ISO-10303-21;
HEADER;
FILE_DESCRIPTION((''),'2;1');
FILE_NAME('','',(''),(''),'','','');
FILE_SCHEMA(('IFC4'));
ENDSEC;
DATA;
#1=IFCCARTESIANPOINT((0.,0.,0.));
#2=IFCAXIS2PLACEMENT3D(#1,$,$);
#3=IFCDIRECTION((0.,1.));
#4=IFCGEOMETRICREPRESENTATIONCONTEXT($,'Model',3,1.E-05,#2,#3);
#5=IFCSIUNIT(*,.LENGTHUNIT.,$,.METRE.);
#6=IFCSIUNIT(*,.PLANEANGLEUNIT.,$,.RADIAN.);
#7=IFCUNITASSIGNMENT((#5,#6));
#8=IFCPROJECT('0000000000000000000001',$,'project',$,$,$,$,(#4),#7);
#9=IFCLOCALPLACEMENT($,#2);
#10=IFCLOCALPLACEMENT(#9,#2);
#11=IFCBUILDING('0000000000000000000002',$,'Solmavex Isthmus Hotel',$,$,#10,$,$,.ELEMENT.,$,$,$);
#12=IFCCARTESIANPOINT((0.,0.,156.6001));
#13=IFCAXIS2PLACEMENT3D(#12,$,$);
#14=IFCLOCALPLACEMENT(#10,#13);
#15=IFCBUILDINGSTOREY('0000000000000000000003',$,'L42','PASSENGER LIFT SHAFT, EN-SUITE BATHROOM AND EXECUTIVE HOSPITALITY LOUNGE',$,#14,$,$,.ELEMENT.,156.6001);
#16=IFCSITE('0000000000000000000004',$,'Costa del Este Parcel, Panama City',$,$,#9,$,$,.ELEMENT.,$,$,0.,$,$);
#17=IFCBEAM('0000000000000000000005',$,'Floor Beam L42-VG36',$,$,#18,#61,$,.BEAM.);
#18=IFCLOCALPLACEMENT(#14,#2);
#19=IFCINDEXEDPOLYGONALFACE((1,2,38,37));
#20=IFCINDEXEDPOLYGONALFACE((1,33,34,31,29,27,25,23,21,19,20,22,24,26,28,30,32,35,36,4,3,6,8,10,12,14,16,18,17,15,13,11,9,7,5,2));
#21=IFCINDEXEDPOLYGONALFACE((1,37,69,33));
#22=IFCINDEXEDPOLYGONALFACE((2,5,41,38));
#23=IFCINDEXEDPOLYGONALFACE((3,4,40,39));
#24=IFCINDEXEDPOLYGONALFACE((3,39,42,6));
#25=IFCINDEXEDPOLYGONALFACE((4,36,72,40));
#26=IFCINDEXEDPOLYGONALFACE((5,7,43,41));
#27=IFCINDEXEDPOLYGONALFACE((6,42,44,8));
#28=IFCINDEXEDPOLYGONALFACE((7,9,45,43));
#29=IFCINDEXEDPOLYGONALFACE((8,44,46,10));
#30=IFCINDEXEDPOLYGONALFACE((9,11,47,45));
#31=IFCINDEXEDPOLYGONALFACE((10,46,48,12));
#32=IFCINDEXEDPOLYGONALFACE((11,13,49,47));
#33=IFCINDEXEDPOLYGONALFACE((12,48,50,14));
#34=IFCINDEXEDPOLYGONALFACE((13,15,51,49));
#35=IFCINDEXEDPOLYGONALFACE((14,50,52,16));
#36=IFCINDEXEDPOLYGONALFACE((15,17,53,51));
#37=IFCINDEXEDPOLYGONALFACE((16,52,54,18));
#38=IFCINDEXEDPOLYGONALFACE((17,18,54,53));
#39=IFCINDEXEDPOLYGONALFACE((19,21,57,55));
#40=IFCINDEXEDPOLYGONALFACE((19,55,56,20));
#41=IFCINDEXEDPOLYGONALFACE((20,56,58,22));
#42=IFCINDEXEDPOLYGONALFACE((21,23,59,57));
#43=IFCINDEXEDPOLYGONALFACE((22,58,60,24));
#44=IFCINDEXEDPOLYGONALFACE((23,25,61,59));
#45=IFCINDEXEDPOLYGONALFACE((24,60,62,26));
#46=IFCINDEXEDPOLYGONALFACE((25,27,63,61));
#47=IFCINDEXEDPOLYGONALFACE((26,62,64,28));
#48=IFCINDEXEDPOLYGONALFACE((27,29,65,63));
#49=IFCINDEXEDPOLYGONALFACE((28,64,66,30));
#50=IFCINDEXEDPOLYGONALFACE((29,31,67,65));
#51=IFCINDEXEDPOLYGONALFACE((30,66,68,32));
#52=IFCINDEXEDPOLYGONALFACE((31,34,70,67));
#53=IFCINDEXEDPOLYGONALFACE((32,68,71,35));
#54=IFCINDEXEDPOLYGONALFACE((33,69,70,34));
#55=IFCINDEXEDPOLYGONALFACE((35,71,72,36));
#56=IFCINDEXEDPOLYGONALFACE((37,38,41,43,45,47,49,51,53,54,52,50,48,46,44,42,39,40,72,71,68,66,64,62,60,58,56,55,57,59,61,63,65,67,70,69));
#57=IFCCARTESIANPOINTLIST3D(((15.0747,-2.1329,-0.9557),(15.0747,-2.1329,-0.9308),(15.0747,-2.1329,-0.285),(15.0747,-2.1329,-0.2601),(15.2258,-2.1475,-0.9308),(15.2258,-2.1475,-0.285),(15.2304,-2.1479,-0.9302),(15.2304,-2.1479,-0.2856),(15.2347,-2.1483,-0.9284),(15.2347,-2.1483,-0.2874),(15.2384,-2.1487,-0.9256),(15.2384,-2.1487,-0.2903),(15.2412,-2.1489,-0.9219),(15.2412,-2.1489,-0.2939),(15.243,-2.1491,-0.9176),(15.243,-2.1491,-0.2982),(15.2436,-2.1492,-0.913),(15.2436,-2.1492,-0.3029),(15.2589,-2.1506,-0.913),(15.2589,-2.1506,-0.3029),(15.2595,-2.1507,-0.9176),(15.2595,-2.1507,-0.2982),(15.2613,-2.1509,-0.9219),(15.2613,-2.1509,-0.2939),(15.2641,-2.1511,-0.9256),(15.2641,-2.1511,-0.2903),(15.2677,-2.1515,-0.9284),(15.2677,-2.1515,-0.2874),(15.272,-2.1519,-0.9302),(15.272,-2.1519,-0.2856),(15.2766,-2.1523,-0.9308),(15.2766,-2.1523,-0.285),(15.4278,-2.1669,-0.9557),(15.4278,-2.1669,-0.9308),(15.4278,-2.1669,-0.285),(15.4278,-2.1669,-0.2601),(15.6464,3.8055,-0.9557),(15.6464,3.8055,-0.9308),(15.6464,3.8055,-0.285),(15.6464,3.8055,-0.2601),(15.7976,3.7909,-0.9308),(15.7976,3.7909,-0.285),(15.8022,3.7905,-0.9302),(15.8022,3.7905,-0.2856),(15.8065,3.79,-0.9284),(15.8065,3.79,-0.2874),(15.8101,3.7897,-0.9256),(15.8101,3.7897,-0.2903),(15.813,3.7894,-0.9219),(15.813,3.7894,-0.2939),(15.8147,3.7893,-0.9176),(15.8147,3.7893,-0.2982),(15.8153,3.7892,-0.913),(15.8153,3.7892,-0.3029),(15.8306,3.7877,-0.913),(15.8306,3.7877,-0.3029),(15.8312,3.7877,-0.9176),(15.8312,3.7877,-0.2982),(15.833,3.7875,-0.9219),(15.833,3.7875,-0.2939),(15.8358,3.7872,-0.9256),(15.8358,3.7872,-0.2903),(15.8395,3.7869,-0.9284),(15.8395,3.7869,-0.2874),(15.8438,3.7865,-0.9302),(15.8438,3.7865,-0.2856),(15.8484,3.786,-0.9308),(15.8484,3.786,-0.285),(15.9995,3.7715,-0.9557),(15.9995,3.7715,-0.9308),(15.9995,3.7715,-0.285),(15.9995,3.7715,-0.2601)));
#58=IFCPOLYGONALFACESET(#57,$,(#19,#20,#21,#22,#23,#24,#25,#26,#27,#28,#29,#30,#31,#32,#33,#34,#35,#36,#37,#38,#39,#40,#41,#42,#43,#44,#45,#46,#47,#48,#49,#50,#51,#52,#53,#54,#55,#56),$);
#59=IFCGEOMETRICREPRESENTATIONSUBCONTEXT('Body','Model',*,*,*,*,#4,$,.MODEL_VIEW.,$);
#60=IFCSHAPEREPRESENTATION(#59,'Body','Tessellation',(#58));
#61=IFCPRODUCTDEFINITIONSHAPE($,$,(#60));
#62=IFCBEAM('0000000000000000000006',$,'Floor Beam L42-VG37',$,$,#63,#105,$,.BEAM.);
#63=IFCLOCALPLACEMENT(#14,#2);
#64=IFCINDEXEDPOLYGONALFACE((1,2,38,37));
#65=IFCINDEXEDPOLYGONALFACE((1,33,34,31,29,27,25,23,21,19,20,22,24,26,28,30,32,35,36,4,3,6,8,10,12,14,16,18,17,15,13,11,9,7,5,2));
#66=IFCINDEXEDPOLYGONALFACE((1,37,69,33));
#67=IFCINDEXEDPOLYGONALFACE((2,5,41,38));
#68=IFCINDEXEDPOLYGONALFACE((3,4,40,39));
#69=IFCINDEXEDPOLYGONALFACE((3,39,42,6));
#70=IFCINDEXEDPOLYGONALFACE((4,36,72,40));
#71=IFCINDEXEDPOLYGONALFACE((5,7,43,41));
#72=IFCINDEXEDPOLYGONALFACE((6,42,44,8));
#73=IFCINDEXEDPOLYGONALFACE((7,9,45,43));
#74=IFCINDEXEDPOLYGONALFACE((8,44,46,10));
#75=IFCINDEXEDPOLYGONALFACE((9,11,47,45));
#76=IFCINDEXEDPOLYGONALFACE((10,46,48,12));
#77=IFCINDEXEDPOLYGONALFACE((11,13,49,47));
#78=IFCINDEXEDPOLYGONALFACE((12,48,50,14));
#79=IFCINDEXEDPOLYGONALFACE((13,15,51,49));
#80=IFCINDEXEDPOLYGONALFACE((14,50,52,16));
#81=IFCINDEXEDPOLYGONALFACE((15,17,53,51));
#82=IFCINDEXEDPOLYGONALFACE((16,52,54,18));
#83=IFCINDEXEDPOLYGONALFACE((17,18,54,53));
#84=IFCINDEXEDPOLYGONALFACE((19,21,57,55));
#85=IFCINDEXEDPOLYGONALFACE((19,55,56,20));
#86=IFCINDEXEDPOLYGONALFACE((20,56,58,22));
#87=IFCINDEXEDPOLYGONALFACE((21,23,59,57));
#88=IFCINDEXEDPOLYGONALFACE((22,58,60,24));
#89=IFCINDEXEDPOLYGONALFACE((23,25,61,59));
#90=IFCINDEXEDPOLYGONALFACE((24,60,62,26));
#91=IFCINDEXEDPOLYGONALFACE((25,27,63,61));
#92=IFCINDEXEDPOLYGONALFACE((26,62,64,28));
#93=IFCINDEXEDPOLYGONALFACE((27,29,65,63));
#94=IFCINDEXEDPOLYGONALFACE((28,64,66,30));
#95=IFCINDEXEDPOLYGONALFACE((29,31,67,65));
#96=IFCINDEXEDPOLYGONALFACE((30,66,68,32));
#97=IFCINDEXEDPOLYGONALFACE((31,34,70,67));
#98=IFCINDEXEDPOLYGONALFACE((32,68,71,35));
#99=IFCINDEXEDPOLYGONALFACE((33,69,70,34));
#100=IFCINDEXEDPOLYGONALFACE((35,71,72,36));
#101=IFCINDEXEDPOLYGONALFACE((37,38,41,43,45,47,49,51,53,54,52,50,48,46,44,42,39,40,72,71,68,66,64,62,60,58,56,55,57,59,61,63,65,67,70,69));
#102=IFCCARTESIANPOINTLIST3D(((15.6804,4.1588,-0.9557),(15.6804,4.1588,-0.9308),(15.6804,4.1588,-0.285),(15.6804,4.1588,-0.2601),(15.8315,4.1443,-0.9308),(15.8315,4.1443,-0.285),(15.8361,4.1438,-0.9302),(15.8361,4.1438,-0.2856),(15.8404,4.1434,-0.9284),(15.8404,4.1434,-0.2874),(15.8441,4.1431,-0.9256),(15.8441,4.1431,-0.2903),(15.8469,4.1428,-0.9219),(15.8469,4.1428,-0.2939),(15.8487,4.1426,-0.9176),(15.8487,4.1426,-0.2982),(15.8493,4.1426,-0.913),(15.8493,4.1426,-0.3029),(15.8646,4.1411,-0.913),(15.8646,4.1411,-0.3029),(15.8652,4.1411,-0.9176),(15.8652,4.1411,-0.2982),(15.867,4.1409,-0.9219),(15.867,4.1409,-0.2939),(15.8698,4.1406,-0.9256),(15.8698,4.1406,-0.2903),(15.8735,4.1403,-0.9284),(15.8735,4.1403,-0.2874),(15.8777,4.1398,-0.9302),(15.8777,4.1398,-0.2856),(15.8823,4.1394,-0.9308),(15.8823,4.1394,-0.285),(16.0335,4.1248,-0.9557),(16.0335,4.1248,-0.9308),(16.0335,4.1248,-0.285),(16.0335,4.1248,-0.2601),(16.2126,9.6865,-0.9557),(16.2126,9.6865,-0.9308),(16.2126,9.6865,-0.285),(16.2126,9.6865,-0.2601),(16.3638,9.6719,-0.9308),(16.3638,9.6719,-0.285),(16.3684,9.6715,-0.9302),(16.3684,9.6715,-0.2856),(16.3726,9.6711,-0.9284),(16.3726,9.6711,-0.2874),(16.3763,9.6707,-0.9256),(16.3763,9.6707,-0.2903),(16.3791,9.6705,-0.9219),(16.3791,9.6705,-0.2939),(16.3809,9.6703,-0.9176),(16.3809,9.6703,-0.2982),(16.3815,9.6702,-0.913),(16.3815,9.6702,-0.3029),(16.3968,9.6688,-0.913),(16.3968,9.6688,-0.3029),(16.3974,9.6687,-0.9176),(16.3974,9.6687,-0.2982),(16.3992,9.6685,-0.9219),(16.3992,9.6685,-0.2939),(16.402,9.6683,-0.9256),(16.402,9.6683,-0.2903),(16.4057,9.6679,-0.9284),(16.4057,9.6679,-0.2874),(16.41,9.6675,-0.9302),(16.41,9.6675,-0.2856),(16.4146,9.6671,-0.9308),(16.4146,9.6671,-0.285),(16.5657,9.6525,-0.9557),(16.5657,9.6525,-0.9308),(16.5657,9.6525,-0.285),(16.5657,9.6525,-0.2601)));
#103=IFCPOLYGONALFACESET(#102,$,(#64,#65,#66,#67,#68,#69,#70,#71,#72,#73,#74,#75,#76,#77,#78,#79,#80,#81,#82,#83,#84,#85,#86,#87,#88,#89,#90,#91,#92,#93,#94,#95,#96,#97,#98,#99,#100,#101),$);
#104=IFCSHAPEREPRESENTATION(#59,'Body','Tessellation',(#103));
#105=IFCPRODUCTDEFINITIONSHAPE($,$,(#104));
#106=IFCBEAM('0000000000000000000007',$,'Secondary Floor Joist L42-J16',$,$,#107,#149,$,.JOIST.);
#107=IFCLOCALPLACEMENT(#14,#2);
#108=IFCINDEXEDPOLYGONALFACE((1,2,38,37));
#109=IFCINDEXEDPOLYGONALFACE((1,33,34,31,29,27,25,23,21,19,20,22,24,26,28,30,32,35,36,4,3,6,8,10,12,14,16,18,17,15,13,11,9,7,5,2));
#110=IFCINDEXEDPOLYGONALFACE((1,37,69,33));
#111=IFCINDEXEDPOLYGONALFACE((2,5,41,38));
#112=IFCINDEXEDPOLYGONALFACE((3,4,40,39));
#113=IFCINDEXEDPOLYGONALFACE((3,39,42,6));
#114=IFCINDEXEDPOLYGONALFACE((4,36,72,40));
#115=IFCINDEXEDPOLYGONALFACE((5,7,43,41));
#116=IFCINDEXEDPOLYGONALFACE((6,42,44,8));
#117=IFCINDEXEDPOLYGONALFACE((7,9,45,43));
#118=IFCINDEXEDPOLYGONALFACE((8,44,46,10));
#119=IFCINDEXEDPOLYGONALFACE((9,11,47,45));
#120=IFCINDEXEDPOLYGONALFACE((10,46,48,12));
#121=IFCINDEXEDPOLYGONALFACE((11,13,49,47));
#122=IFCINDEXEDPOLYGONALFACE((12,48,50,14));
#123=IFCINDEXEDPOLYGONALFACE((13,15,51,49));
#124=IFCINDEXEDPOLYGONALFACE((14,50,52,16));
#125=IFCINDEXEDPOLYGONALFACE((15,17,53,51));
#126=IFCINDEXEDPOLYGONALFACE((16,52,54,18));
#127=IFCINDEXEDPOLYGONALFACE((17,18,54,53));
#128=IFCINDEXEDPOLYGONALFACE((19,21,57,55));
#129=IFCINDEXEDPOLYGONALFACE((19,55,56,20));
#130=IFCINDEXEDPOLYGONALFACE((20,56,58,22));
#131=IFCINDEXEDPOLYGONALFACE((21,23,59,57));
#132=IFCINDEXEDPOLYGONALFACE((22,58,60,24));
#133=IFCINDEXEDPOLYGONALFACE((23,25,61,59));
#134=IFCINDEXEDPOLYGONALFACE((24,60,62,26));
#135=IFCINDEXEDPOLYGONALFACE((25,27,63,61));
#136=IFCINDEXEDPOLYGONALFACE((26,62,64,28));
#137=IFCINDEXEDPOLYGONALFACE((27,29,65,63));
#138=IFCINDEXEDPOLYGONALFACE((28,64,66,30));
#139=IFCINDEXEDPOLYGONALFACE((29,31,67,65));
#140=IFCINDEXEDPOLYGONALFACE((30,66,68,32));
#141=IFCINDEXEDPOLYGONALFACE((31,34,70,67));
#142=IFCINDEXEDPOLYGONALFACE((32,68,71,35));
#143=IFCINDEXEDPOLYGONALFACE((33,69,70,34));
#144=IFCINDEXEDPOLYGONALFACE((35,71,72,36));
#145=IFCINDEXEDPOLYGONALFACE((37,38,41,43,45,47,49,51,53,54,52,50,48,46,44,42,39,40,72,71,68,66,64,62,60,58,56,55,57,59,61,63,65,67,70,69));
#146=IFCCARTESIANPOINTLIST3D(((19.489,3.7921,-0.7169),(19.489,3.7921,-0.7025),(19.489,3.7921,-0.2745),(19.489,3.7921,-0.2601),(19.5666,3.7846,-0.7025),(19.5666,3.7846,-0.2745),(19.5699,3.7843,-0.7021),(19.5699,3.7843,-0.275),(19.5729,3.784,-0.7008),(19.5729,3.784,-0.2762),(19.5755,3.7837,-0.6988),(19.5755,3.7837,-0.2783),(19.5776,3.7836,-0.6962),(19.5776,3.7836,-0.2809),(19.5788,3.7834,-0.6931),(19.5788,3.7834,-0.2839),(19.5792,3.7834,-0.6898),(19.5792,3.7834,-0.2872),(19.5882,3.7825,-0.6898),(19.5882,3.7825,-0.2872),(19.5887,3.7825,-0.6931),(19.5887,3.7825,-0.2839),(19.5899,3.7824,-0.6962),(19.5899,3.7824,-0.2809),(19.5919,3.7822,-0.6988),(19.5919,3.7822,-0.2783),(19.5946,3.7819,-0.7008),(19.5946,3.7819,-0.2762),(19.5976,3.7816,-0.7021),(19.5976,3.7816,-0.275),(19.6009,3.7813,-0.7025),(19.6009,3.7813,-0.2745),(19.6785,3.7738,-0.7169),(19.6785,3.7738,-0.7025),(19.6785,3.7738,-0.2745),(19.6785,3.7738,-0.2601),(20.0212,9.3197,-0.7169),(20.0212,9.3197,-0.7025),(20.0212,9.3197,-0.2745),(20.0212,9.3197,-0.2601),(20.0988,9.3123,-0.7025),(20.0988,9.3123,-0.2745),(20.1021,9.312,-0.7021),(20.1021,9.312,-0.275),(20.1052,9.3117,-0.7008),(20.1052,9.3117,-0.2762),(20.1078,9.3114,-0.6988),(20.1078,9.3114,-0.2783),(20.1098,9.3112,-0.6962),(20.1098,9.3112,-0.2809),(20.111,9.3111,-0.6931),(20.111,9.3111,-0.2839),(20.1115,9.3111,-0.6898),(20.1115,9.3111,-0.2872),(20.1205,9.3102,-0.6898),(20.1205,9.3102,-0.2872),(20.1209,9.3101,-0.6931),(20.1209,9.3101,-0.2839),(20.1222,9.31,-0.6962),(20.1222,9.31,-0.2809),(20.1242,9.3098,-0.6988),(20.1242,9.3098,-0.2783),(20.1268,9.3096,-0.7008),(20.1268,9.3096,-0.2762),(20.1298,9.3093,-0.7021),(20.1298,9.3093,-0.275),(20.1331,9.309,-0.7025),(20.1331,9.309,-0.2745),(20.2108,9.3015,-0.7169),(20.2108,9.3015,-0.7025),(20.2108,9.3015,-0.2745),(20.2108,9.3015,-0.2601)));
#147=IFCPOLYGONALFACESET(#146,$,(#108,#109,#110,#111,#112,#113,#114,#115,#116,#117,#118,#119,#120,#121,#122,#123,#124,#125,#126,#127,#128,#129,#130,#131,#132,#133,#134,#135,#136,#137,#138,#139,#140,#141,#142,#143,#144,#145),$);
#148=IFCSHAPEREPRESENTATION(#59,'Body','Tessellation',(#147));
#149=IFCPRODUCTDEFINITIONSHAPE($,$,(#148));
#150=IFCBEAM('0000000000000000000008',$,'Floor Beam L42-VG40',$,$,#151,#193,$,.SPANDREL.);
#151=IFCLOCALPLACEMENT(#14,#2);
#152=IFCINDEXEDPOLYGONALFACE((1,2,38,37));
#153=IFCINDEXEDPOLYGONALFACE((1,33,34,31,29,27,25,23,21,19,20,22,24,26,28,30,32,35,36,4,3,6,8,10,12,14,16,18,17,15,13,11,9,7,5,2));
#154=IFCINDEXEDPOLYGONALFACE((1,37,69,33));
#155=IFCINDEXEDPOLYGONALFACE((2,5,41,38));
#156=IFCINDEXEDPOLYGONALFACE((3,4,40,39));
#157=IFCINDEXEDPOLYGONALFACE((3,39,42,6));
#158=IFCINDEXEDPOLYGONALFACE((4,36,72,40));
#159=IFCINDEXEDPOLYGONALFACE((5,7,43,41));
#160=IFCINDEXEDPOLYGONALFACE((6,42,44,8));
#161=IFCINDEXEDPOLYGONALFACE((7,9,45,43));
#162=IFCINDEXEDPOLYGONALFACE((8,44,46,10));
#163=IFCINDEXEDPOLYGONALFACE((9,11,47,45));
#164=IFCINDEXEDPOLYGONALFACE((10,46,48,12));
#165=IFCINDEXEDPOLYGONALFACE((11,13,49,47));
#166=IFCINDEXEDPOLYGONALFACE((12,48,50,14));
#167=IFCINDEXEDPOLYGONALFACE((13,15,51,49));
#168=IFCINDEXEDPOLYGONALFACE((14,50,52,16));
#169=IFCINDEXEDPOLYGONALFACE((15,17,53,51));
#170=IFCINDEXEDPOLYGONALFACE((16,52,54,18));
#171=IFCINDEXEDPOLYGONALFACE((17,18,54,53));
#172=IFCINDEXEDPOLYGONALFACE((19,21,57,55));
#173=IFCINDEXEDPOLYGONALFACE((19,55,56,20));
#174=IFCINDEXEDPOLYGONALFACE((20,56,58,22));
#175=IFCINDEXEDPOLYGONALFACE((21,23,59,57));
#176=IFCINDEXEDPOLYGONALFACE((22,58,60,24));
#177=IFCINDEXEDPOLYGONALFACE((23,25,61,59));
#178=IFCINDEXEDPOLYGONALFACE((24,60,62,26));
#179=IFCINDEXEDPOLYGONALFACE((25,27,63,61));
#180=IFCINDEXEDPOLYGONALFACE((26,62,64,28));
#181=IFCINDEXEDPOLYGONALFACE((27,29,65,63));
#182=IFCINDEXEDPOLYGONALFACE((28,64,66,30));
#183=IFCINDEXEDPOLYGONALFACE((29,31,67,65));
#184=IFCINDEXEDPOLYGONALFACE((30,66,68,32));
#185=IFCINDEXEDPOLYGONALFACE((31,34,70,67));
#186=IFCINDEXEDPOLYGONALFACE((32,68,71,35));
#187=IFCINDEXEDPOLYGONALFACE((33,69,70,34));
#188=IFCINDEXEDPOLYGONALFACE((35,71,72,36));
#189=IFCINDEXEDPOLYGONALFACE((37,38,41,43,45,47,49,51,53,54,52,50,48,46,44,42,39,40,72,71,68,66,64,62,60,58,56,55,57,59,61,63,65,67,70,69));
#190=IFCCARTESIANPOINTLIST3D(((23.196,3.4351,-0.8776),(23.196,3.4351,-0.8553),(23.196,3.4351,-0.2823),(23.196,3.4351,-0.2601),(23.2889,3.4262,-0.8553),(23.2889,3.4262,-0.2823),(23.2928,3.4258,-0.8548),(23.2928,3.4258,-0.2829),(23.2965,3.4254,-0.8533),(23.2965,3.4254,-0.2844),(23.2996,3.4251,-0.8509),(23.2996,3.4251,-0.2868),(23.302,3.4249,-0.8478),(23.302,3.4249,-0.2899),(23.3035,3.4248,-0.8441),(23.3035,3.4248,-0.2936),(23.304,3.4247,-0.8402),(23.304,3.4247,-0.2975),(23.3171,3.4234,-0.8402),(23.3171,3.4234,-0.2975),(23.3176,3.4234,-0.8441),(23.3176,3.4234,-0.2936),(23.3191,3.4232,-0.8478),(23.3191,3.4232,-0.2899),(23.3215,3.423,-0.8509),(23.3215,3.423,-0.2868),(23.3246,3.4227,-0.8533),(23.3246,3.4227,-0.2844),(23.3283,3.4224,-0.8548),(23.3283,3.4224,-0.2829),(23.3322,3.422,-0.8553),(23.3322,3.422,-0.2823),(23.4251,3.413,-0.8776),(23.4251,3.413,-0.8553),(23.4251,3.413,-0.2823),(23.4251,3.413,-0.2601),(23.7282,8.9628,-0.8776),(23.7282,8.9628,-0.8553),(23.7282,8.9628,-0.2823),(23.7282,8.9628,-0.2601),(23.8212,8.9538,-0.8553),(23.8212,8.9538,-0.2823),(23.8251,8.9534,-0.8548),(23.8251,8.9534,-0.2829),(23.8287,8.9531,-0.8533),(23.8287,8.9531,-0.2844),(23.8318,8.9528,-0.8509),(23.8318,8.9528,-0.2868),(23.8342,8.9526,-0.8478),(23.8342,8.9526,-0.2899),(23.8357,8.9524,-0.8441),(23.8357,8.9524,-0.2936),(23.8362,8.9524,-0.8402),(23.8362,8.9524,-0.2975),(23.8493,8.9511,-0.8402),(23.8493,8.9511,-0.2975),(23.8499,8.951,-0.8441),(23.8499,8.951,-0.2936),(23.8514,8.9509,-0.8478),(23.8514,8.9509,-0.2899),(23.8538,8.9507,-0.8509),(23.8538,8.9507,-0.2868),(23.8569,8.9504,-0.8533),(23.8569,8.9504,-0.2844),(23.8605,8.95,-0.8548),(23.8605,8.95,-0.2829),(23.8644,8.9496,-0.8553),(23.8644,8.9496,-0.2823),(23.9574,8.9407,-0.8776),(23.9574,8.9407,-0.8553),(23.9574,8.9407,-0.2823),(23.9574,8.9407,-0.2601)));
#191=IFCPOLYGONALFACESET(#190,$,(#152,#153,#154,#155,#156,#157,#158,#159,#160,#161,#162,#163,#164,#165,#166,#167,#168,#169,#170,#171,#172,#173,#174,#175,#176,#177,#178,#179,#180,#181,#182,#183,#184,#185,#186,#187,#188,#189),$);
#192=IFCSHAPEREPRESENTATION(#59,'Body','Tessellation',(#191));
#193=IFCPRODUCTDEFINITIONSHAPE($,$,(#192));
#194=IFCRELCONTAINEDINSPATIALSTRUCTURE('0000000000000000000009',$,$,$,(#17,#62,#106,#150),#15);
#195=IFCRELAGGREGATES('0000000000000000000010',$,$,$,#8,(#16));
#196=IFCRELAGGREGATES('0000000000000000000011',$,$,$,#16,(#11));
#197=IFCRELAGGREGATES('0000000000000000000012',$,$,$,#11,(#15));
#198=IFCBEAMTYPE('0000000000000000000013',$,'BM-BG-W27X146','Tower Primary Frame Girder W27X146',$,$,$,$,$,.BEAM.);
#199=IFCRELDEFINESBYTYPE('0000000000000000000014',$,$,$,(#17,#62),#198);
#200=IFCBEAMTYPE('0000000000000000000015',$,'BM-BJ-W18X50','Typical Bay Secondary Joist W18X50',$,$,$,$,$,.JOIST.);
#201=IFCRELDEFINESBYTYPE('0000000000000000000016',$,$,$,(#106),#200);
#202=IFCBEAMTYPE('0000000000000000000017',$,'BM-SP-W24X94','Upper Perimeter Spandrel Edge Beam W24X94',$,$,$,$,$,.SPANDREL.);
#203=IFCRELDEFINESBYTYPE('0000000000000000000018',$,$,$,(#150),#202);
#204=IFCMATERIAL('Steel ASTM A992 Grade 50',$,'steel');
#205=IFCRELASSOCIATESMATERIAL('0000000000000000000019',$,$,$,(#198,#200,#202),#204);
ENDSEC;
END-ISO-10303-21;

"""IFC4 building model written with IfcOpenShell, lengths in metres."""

from ifc_helpers import new_model, si_unit, direction, frame, origin, origin_2d, place, context, subcontext, project, spatial, i_section, extrude, material, material_profile, profile_set, type_object, element, save


model = new_model("IFC4")

# Units and contexts
model_context = context("Model", 3, precision=1e-05, world=origin(), true_north=direction((0.0, 1.0)))
body_context = subcontext(model_context, "Body", "Model", "MODEL_VIEW")
ifc_project = project(units=[si_unit("LENGTHUNIT", "METRE"), si_unit("PLANEANGLEUNIT", "RADIAN")], contexts=[model_context])

# Site, building, storey
site_placement = place(None, origin())
site = spatial("IfcSite", under=ifc_project, at=site_placement, Name="Costa del Este Parcel, Panama City", CompositionType="ELEMENT", RefElevation=0.0)
building_placement = place(site_placement, origin())
building = spatial("IfcBuilding", under=site, at=building_placement, Name="Solmavex Isthmus Hotel", CompositionType="ELEMENT")
storey_placement = place(building_placement, frame((0.0, 0.0, 156.6001)))
storey = spatial("IfcBuildingStorey", under=building, at=storey_placement, Name="L42", Description="PASSENGER LIFT SHAFT, EN-SUITE BATHROOM AND EXECUTIVE HOSPITALITY LOUNGE", CompositionType="ELEMENT", Elevation=156.6001)

# Beams
ifc_material_1 = material(Name="Steel ASTM A992 Grade 50", Category="steel")
ifc_material_profile_1 = material_profile(ifc_material_1, i_section(OverallWidth=0.3547, OverallDepth=0.6956, WebThickness=0.0154, FlangeThickness=0.0249, FilletRadius=0.0178, at=origin_2d()), Name="W27X146")
ifc_profile_set_1 = profile_set([ifc_material_profile_1], Name="Steel ASTM A992 Grade 50")
beam_type_1 = type_object("IfcBeamType", Name="BM-BG-W27X146", Description="Tower Primary Frame Girder W27X146", PredefinedType="BEAM", material=ifc_profile_set_1)
beam_1_placement = place(storey_placement, frame((15.2512, -2.1499, -0.6079), z_axis=(0.09584, 0.995397, 0.0), x_axis=(-0.995397, 0.09584, 0.0)))
element("IfcBeam", 1, at=beam_1_placement, inside=storey, type_object=beam_type_1, Name="Floor Beam L42-VG36", PredefinedType="BEAM", context=body_context, shape_type="SweptSolid", body=[
    extrude(i_section(OverallWidth=0.3547, OverallDepth=0.6956, WebThickness=0.0154, FlangeThickness=0.0249, FilletRadius=0.0178, at=origin_2d()), origin(), (0.0, 0.0, 1.0), 5.9658),
])
beam_2_placement = place(storey_placement, frame((15.8569, 4.1418, -0.6079), z_axis=(0.095842, 0.995397, 0.0), x_axis=(-0.995397, 0.095842, 0.0)))
element("IfcBeam", 2, at=beam_2_placement, inside=storey, type_object=beam_type_1, Name="Floor Beam L42-VG37", PredefinedType="BEAM", context=body_context, shape_type="SweptSolid", body=[
    extrude(i_section(OverallWidth=0.3547, OverallDepth=0.6956, WebThickness=0.0154, FlangeThickness=0.0249, FilletRadius=0.0178, at=origin_2d()), origin(), (0.0, 0.0, 1.0), 5.5532),
])
ifc_material_profile_2 = material_profile(ifc_material_1, i_section(OverallWidth=0.1904, OverallDepth=0.4568, WebThickness=0.009, FlangeThickness=0.0144, FilletRadius=0.0127, at=origin_2d()), Name="W18X50")
ifc_profile_set_2 = profile_set([ifc_material_profile_2], Name="Steel ASTM A992 Grade 50")
beam_type_2 = type_object("IfcBeamType", Name="BM-BJ-W18X50", Description="Typical Bay Secondary Joist W18X50", PredefinedType="JOIST", material=ifc_profile_set_2)
beam_3_placement = place(storey_placement, frame((19.5837, 3.783, -0.4885), z_axis=(0.095842, 0.995397, 0.0), x_axis=(-0.995397, 0.095842, 0.0)))
element("IfcBeam", 3, at=beam_3_placement, inside=storey, type_object=beam_type_2, Name="Secondary Floor Joist L42-J16", PredefinedType="JOIST", context=body_context, shape_type="SweptSolid", body=[
    extrude(i_section(OverallWidth=0.1904, OverallDepth=0.4568, WebThickness=0.009, FlangeThickness=0.0144, FilletRadius=0.0127, at=origin_2d()), origin(), (0.0, 0.0, 1.0), 5.5532),
])
ifc_material_profile_3 = material_profile(ifc_material_1, i_section(OverallWidth=0.2302, OverallDepth=0.6174, WebThickness=0.0132, FlangeThickness=0.0222, FilletRadius=0.0151, at=origin_2d()), Name="W24X94")
ifc_profile_set_3 = profile_set([ifc_material_profile_3], Name="Steel ASTM A992 Grade 50")
beam_type_3 = type_object("IfcBeamType", Name="BM-SP-W24X94", Description="Upper Perimeter Spandrel Edge Beam W24X94", PredefinedType="SPANDREL", material=ifc_profile_set_3)
beam_4_placement = place(storey_placement, frame((23.3105, 3.4241, -0.5688), z_axis=(0.095842, 0.995397, 0.0), x_axis=(-0.995397, 0.095842, 0.0)))
element("IfcBeam", 4, at=beam_4_placement, inside=storey, type_object=beam_type_3, Name="Floor Beam L42-VG40", PredefinedType="SPANDREL", context=body_context, shape_type="SweptSolid", body=[
    extrude(i_section(OverallWidth=0.2302, OverallDepth=0.6174, WebThickness=0.0132, FlangeThickness=0.0222, FilletRadius=0.0151, at=origin_2d()), origin(), (0.0, 0.0, 1.0), 5.5532),
])

save(model, "model.ifc")
